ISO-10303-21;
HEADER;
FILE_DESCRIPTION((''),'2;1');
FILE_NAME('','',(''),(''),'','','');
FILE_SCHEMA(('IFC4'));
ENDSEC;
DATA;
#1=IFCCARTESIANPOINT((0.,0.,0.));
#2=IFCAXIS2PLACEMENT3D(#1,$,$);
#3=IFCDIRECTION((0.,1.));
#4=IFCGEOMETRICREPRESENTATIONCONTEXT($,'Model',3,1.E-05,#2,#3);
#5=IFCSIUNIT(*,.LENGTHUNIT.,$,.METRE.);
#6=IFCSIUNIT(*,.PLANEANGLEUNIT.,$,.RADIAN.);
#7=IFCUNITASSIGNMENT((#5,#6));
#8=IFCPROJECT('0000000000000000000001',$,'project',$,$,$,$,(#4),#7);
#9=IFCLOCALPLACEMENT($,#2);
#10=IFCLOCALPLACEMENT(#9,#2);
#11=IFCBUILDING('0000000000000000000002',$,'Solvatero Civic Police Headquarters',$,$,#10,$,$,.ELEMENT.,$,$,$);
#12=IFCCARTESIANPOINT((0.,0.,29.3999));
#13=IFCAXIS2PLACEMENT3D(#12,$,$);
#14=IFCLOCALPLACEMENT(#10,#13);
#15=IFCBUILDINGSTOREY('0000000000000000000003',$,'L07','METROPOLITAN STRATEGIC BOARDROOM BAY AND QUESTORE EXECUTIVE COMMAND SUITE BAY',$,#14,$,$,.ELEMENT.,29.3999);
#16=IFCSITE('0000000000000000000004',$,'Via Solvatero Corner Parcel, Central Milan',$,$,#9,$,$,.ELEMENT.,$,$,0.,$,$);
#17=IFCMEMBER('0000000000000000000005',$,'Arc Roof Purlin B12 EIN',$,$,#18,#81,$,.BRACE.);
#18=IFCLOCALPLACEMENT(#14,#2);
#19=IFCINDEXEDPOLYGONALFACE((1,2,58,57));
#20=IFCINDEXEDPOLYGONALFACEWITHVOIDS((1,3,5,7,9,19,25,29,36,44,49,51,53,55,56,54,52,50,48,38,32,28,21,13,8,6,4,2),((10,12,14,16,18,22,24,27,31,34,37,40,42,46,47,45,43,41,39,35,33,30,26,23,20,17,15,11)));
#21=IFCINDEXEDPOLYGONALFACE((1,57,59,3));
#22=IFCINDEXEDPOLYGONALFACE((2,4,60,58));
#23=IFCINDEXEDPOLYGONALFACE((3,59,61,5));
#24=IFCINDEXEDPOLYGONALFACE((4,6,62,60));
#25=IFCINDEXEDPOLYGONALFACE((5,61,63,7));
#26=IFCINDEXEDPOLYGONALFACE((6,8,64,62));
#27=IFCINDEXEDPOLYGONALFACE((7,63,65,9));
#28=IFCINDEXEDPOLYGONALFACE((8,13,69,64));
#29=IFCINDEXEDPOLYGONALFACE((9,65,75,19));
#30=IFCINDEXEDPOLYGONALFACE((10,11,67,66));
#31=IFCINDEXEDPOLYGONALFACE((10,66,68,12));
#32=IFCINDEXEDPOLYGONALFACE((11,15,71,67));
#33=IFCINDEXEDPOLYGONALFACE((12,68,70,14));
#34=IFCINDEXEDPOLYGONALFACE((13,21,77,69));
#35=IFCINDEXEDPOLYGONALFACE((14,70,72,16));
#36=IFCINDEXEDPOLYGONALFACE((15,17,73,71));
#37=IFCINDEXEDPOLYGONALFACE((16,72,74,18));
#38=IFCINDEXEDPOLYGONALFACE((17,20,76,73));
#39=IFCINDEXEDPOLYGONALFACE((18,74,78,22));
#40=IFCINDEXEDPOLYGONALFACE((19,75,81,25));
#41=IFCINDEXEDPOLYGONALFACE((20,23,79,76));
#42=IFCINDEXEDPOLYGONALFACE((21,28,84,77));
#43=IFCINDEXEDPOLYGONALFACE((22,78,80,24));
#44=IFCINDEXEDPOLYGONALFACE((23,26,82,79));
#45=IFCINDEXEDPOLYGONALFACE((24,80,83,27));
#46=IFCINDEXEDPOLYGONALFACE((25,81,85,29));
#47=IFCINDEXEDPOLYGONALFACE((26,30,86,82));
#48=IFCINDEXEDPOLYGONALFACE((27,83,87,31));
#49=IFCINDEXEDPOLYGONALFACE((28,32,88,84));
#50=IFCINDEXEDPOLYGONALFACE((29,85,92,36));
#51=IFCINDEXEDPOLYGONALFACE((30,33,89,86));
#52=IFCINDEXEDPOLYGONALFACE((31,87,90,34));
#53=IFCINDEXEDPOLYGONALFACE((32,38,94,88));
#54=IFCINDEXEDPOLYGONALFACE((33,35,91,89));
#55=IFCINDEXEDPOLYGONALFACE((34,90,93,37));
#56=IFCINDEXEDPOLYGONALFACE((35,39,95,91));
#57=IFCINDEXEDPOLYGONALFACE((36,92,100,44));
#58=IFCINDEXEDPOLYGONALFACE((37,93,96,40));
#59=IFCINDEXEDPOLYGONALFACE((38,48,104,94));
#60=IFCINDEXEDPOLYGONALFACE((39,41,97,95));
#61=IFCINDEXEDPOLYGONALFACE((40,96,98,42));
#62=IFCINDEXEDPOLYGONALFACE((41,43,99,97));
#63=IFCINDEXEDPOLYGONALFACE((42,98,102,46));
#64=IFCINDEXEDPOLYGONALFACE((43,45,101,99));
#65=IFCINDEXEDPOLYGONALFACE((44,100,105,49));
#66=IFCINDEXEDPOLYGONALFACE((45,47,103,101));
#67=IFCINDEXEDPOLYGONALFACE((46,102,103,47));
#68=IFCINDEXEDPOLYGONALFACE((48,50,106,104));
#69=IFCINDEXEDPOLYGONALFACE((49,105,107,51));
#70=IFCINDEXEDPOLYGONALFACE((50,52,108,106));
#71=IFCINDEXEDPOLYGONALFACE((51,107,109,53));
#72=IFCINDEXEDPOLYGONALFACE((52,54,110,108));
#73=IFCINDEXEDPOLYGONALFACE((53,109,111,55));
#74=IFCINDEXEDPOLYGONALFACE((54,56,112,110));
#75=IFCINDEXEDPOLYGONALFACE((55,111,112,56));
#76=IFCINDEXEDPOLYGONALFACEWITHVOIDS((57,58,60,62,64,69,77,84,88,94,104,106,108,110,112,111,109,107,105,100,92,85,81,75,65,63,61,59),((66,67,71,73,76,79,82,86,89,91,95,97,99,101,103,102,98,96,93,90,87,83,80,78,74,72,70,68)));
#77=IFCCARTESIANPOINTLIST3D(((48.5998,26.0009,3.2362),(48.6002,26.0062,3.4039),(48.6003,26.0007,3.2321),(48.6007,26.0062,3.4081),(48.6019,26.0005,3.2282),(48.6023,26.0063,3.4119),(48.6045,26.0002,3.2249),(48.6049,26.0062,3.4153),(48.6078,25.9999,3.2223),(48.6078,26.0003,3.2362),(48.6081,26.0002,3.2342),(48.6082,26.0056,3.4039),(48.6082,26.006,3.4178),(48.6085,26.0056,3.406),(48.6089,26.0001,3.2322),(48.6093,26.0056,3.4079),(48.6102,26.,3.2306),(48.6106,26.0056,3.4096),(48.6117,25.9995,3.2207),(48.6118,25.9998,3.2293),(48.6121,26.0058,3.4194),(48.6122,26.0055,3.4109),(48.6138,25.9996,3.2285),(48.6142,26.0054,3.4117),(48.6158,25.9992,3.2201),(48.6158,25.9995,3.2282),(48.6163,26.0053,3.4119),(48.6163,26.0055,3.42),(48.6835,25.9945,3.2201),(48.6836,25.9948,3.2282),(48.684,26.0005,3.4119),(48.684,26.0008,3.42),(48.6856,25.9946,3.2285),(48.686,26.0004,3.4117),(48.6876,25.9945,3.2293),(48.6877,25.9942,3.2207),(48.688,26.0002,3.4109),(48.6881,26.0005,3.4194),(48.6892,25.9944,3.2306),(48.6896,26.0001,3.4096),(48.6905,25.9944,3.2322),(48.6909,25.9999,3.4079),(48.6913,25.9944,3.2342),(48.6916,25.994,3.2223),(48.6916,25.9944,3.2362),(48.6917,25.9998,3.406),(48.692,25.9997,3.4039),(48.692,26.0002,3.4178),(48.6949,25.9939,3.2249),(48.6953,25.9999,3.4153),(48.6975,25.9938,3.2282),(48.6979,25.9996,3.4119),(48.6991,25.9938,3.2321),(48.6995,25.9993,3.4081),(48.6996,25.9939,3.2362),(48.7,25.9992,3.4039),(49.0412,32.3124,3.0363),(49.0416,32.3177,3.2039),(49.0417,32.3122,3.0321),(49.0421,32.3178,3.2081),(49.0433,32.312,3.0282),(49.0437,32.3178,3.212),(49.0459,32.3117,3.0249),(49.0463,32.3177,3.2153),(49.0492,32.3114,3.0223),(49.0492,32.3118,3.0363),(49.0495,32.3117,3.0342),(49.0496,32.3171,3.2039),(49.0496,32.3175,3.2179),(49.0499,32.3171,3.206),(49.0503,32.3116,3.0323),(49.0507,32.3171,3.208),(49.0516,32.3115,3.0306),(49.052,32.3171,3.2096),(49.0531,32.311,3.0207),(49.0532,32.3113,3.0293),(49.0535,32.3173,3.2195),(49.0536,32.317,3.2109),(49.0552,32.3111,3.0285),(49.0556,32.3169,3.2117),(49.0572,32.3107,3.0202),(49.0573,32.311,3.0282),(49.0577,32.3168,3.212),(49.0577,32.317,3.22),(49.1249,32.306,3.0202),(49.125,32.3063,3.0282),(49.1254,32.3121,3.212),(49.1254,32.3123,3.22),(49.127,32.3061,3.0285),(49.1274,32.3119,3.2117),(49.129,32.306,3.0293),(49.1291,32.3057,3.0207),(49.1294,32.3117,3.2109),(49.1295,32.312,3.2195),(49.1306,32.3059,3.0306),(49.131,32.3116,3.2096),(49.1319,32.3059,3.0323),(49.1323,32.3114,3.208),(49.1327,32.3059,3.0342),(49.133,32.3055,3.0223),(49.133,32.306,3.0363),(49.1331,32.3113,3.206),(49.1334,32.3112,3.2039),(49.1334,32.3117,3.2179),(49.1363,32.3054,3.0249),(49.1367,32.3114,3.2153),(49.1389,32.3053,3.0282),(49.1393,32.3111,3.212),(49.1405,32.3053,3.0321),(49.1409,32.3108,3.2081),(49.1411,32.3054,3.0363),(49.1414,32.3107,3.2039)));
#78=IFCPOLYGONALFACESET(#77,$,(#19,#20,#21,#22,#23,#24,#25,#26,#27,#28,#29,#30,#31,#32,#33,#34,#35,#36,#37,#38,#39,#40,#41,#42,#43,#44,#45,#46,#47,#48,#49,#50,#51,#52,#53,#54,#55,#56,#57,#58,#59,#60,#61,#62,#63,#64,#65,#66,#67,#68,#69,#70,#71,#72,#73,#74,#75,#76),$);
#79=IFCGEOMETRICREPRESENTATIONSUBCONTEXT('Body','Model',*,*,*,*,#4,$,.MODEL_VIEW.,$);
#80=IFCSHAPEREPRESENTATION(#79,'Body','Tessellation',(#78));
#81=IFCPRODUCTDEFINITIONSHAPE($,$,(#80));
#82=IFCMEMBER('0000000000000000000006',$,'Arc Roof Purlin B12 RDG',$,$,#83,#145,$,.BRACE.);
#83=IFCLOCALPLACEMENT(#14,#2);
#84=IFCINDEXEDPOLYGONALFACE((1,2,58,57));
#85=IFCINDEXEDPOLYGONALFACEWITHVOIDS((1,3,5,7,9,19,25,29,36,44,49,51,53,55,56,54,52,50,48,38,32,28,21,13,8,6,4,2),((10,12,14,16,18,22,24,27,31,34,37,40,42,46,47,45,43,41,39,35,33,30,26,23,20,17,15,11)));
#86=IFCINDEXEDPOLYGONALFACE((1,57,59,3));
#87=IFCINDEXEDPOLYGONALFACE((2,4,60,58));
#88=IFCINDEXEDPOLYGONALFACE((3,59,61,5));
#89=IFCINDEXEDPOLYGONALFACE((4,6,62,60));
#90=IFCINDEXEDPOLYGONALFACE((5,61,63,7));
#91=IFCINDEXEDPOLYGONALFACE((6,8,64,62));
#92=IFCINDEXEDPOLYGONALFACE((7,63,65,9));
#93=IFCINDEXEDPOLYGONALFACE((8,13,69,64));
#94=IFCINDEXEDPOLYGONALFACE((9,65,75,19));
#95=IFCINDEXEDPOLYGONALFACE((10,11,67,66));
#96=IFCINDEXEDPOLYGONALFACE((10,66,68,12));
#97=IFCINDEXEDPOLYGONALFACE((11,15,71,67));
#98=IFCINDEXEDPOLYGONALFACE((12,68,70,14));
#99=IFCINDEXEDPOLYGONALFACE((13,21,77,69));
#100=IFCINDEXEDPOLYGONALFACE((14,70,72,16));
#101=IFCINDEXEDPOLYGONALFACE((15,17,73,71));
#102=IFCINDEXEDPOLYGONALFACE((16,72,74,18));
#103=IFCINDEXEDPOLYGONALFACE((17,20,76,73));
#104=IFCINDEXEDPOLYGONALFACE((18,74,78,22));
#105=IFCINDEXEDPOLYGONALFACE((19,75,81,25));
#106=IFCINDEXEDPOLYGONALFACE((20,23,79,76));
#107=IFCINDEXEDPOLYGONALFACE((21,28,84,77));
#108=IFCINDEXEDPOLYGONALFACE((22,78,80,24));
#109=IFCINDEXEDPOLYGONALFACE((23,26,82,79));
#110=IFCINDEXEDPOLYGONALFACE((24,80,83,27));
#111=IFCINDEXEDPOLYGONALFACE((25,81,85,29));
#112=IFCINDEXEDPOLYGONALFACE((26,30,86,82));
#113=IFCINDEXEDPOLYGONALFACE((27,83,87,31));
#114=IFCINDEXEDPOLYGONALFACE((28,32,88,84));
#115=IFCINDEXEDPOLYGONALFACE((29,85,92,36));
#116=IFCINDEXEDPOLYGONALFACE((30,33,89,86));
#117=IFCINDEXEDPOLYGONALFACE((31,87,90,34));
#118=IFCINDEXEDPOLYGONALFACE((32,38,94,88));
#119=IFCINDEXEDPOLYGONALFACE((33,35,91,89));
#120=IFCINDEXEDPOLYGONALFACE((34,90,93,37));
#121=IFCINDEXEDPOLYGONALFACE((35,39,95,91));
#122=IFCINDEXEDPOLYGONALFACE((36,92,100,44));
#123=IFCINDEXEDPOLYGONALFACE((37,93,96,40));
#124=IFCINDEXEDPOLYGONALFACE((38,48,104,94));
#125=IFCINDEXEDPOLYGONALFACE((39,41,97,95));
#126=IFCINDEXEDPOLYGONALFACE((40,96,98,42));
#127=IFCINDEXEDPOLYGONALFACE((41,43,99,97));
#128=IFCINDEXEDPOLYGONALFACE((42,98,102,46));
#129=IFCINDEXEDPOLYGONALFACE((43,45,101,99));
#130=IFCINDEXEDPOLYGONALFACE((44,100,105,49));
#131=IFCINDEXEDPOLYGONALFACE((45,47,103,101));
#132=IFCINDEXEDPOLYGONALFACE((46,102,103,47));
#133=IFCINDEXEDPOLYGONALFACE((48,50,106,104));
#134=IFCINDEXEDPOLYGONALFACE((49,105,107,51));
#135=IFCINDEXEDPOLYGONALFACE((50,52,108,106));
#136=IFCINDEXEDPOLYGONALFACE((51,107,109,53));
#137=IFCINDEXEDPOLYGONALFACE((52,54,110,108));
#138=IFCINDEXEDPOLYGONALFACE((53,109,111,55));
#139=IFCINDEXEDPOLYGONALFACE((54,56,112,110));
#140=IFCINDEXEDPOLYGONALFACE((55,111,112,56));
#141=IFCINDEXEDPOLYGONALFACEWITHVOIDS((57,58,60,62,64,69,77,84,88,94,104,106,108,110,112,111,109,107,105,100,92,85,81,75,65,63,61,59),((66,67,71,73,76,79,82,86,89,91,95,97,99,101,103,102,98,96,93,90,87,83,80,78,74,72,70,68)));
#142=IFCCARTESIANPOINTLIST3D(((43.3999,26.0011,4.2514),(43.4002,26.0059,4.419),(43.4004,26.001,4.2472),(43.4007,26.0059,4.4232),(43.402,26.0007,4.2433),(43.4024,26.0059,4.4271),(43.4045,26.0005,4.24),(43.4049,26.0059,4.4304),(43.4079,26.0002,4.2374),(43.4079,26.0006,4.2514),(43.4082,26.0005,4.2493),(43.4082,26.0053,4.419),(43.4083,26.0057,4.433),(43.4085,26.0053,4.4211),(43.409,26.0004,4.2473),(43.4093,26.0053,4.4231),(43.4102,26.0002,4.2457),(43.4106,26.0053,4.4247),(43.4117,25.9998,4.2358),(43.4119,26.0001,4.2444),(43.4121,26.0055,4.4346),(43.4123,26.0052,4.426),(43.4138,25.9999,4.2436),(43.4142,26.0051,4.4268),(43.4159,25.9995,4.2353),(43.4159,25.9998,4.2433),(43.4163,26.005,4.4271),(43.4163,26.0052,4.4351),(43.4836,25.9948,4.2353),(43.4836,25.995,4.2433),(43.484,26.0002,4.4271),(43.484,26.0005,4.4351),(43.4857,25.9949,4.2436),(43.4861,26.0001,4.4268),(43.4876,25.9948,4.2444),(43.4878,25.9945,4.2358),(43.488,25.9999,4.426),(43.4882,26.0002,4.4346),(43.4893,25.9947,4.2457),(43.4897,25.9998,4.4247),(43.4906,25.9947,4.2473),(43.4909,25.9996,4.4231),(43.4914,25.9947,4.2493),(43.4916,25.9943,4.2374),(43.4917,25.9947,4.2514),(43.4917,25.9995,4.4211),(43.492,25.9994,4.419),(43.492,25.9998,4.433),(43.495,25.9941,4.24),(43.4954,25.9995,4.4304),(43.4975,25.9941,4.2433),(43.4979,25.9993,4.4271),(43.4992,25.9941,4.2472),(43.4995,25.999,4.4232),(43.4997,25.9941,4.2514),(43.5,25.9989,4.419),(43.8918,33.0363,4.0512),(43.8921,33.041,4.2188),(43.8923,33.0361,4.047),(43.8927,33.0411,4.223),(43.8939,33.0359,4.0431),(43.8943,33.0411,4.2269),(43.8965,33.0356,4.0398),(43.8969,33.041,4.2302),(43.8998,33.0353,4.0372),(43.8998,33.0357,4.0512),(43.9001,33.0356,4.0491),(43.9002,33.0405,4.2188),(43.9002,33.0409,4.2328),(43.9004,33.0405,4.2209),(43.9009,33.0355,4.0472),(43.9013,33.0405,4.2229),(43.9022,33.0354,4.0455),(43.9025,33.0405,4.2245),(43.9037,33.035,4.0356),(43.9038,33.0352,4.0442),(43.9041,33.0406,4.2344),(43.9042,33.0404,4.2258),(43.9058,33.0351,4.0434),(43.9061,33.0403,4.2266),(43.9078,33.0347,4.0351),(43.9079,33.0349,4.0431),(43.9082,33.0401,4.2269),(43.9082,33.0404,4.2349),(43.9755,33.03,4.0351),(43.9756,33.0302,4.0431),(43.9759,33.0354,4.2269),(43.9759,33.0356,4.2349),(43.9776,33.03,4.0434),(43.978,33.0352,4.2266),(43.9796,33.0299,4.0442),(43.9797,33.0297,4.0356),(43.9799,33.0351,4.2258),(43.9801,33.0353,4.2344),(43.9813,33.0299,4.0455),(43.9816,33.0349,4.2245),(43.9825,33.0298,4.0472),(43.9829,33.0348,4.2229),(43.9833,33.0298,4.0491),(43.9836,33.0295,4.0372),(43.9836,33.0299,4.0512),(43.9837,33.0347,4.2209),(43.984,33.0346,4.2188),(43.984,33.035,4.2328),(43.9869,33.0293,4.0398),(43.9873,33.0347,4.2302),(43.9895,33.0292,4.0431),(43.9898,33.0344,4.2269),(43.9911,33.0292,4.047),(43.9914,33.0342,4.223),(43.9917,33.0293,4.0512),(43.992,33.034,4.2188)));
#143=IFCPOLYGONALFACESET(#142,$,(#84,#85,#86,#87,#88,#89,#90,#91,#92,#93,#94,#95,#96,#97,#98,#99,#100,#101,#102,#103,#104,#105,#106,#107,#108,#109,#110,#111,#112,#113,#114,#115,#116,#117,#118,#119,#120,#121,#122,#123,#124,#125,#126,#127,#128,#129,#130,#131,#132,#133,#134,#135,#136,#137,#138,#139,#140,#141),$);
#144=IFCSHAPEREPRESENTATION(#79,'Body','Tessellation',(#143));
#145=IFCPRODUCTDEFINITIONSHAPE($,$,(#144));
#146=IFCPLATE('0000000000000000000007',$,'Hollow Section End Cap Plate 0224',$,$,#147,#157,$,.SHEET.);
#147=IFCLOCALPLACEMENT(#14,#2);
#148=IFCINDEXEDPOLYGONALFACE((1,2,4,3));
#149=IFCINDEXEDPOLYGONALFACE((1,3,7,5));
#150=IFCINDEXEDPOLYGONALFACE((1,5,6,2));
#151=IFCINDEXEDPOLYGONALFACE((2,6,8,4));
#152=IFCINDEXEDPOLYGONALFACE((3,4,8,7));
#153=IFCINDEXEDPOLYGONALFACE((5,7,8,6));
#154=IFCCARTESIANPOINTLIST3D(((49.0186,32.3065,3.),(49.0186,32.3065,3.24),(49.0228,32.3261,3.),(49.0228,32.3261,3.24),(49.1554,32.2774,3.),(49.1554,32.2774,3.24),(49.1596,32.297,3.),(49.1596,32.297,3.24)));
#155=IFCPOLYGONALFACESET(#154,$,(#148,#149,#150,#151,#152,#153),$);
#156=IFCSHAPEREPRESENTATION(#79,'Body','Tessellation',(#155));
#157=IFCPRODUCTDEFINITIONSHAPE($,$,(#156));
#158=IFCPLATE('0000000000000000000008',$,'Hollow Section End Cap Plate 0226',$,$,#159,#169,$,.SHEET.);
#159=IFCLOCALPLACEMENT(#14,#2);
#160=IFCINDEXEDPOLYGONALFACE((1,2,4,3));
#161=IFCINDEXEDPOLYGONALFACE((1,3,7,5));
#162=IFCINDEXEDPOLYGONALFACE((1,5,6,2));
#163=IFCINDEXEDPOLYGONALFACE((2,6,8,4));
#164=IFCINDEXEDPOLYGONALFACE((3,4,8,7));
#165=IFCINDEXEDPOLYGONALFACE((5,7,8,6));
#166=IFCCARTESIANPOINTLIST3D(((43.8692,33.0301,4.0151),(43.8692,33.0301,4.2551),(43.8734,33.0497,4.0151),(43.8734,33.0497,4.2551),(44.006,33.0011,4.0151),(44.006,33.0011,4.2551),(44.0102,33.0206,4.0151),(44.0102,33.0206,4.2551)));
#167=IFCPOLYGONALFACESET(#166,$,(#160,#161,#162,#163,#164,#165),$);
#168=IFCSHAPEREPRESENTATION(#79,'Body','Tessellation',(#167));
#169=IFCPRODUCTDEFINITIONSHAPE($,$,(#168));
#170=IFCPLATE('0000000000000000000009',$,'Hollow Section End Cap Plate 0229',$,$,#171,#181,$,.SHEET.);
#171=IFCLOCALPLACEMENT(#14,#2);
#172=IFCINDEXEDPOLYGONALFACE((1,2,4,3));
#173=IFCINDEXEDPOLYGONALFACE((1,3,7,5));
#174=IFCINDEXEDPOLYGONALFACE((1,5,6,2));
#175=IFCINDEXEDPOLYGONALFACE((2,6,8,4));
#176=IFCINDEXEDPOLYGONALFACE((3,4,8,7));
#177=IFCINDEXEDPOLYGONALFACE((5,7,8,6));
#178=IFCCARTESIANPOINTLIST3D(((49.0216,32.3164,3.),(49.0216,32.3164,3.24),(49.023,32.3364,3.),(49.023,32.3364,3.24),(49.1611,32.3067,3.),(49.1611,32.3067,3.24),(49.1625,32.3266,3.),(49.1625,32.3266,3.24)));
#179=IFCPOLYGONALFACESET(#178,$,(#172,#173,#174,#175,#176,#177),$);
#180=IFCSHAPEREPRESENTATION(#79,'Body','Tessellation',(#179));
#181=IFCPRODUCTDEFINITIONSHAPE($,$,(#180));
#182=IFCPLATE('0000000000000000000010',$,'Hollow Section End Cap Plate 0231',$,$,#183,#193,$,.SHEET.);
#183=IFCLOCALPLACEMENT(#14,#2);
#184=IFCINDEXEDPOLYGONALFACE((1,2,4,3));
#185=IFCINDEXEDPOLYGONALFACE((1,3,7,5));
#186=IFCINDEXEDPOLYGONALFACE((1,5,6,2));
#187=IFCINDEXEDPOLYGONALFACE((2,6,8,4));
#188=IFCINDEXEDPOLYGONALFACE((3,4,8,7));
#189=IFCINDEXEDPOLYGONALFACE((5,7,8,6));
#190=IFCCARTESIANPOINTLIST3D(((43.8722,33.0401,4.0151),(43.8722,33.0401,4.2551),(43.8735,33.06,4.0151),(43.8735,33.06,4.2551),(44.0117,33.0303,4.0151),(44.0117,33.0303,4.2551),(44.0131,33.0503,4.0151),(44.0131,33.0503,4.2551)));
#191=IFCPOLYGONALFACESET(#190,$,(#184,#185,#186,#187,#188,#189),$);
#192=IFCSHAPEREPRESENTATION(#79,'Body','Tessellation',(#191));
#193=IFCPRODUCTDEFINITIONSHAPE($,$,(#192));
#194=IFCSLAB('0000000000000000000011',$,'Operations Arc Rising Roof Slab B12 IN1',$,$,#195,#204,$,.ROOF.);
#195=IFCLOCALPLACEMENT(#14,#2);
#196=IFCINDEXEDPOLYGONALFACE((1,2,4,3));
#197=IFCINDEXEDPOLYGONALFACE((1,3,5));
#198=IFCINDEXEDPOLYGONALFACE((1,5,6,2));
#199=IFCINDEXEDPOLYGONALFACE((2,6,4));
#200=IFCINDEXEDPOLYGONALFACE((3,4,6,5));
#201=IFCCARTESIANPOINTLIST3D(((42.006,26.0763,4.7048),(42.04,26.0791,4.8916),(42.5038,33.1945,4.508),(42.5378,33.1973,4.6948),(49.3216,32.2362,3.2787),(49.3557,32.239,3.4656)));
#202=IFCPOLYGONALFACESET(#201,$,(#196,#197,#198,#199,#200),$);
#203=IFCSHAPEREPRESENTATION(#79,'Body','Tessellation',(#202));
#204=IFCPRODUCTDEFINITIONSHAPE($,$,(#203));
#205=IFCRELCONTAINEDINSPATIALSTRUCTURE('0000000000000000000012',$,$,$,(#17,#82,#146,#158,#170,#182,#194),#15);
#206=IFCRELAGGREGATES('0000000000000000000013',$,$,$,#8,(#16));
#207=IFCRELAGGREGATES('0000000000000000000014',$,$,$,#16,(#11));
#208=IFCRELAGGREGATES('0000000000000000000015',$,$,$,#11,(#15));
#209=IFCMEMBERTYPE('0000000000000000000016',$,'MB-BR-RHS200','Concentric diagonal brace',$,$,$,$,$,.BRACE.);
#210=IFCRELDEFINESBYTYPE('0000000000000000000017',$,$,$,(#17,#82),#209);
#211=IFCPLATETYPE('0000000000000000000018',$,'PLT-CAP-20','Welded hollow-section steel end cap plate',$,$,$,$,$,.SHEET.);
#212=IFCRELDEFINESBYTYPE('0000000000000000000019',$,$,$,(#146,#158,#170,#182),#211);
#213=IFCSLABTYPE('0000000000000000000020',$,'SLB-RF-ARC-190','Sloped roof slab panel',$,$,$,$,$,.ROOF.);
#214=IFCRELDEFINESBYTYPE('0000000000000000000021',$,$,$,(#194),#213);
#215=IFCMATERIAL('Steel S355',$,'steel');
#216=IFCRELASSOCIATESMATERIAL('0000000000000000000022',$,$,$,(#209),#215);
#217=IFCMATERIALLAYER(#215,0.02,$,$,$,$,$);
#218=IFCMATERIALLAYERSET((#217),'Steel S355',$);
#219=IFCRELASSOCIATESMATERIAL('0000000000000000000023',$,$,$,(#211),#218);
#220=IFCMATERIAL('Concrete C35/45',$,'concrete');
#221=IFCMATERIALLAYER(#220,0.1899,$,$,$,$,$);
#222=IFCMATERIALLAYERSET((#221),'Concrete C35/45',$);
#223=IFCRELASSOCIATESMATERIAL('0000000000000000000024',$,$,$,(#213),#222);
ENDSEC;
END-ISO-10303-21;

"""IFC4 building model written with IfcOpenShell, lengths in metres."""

from ifc_helpers import new_model, si_unit, direction, frame, origin, origin_2d, place, context, subcontext, project, spatial, polyline, rectangle, hollow_rectangle, outline, extrude, material, layer, layer_set, material_profile, profile_set, type_object, element, save


model = new_model("IFC4")

# Units and contexts
model_context = context("Model", 3, precision=1e-05, world=origin(), true_north=direction((0.0, 1.0)))
body_context = subcontext(model_context, "Body", "Model", "MODEL_VIEW")
ifc_project = project(units=[si_unit("LENGTHUNIT", "METRE"), si_unit("PLANEANGLEUNIT", "RADIAN")], contexts=[model_context])

# Site, building, storey
site_placement = place(None, origin())
site = spatial("IfcSite", under=ifc_project, at=site_placement, Name="Via Solvatero Corner Parcel, Central Milan", CompositionType="ELEMENT", RefElevation=0.0)
building_placement = place(site_placement, origin())
building = spatial("IfcBuilding", under=site, at=building_placement, Name="Solvatero Civic Police Headquarters", CompositionType="ELEMENT")
storey_placement = place(building_placement, frame((0.0, 0.0, 29.3999)))
storey = spatial("IfcBuildingStorey", under=building, at=storey_placement, Name="L07", Description="METROPOLITAN STRATEGIC BOARDROOM BAY AND QUESTORE EXECUTIVE COMMAND SUITE BAY", CompositionType="ELEMENT", Elevation=29.3999)

# Shared definitions
ifc_material_1 = material(Name="Steel S355", Category="steel")

# Members
ifc_material_profile_1 = material_profile(ifc_material_1, hollow_rectangle(XDim=0.1001, YDim=0.2, WallThickness=0.0081, InnerFilletRadius=0.0081, OuterFilletRadius=0.0161, at=origin_2d()), Name="RHS 200x100x8.0")
ifc_profile_set_1 = profile_set([ifc_material_profile_1], Name="Steel S355")
member_type_1 = type_object("IfcMemberType", Name="MB-BR-RHS200", Description="Concentric diagonal brace", PredefinedType="BRACE", material=ifc_profile_set_1)
member_1_placement = place(storey_placement, frame((49.0913, 32.3115, 3.1201), z_axis=(-0.069731, -0.997066, 0.031587), x_axis=(0.997563, -0.069766, 0.0)))
element("IfcMember", 1, at=member_1_placement, inside=storey, type_object=member_type_1, Name="Arc Roof Purlin B12 EIN", PredefinedType="BRACE", context=body_context, shape_type="SweptSolid", body=[
    extrude(hollow_rectangle(XDim=0.1001, YDim=0.2, WallThickness=0.0081, InnerFilletRadius=0.0081, OuterFilletRadius=0.0161, at=origin_2d()), origin(), (0.0, 0.0, 1.0), 6.3301),
])
member_2_placement = place(storey_placement, frame((43.9419, 33.0352, 4.135), z_axis=(-0.069728, -0.997162, 0.028376), x_axis=(0.997564, -0.069756, 0.0)))
element("IfcMember", 2, at=member_2_placement, inside=storey, type_object=member_type_1, Name="Arc Roof Purlin B12 RDG", PredefinedType="BRACE", context=body_context, shape_type="SweptSolid", body=[
    extrude(hollow_rectangle(XDim=0.1001, YDim=0.2, WallThickness=0.0081, InnerFilletRadius=0.0081, OuterFilletRadius=0.0161, at=origin_2d()), origin(), (0.0, 0.0, 1.0), 7.0552),
])

# Plates
ifc_layer_1 = layer(ifc_material_1, 0.02)
ifc_layer_set_1 = layer_set([ifc_layer_1], Name="Steel S355")
plate_type = type_object("IfcPlateType", Name="PLT-CAP-20", Description="Welded hollow-section steel end cap plate", PredefinedType="SHEET", material=ifc_layer_set_1)
for number, where, z_axis, x_axis, name in (
    (3, (49.0891, 32.3018, 3.0), (0.0, 0.0, 1.0), (-0.207912, -0.978148, 0.0), "Hollow Section End Cap Plate 0224"),
    (4, (43.9397, 33.0254, 4.0151), (0.0, 0.0, 1.0), (-0.207912, -0.978148, 0.0), "Hollow Section End Cap Plate 0226"),
    (5, (49.092, 32.3215, 3.0), (0.0, 0.0, 1.0), (-0.069756, -0.997564, 0.0), "Hollow Section End Cap Plate 0229"),
    (6, (43.9426, 33.0452, 4.0151), (0.0, 0.0, 1.0), (-0.069756, -0.997564, 0.0), "Hollow Section End Cap Plate 0231"),
):
    element("IfcPlate", number, at=place(storey_placement, frame(where, z_axis=z_axis, x_axis=x_axis)), inside=storey, type_object=plate_type, Name=name, PredefinedType="SHEET", context=body_context, shape_type="SweptSolid", body=[
        extrude(rectangle(XDim=0.02, YDim=0.1399, at=origin_2d()), origin(), (0.0, 0.0, 1.0), 0.24),
    ])

# Slab
ifc_material_2 = material(Name="Concrete C35/45", Category="concrete")
ifc_layer_2 = layer(ifc_material_2, 0.1899)
ifc_layer_set_2 = layer_set([ifc_layer_2], Name="Concrete C35/45")
slab_type = type_object("IfcSlabType", Name="SLB-RF-ARC-190", Description="Sloped roof slab panel", PredefinedType="ROOF", material=ifc_layer_set_2)
slab_1_placement = place(storey_placement, frame((49.3557, 32.239, 3.4656), z_axis=(0.179411, 0.014646, 0.983665), x_axis=(-0.756581, -0.637053, 0.147478)))
element("IfcSlab", 7, at=slab_1_placement, inside=storey, type_object=slab_type, Name="Operations Arc Rising Roof Slab B12 IN1", PredefinedType="ROOF", context=body_context, shape_type="SweptSolid", body=[
    extrude(outline(polyline([(0.0, 0.0), (9.6694, 0.0), (4.7291, -5.1525), (0.0, 0.0)])), origin(), (0.0, 0.0, -1.0), 0.1899),
])

save(model, "model.ifc")
